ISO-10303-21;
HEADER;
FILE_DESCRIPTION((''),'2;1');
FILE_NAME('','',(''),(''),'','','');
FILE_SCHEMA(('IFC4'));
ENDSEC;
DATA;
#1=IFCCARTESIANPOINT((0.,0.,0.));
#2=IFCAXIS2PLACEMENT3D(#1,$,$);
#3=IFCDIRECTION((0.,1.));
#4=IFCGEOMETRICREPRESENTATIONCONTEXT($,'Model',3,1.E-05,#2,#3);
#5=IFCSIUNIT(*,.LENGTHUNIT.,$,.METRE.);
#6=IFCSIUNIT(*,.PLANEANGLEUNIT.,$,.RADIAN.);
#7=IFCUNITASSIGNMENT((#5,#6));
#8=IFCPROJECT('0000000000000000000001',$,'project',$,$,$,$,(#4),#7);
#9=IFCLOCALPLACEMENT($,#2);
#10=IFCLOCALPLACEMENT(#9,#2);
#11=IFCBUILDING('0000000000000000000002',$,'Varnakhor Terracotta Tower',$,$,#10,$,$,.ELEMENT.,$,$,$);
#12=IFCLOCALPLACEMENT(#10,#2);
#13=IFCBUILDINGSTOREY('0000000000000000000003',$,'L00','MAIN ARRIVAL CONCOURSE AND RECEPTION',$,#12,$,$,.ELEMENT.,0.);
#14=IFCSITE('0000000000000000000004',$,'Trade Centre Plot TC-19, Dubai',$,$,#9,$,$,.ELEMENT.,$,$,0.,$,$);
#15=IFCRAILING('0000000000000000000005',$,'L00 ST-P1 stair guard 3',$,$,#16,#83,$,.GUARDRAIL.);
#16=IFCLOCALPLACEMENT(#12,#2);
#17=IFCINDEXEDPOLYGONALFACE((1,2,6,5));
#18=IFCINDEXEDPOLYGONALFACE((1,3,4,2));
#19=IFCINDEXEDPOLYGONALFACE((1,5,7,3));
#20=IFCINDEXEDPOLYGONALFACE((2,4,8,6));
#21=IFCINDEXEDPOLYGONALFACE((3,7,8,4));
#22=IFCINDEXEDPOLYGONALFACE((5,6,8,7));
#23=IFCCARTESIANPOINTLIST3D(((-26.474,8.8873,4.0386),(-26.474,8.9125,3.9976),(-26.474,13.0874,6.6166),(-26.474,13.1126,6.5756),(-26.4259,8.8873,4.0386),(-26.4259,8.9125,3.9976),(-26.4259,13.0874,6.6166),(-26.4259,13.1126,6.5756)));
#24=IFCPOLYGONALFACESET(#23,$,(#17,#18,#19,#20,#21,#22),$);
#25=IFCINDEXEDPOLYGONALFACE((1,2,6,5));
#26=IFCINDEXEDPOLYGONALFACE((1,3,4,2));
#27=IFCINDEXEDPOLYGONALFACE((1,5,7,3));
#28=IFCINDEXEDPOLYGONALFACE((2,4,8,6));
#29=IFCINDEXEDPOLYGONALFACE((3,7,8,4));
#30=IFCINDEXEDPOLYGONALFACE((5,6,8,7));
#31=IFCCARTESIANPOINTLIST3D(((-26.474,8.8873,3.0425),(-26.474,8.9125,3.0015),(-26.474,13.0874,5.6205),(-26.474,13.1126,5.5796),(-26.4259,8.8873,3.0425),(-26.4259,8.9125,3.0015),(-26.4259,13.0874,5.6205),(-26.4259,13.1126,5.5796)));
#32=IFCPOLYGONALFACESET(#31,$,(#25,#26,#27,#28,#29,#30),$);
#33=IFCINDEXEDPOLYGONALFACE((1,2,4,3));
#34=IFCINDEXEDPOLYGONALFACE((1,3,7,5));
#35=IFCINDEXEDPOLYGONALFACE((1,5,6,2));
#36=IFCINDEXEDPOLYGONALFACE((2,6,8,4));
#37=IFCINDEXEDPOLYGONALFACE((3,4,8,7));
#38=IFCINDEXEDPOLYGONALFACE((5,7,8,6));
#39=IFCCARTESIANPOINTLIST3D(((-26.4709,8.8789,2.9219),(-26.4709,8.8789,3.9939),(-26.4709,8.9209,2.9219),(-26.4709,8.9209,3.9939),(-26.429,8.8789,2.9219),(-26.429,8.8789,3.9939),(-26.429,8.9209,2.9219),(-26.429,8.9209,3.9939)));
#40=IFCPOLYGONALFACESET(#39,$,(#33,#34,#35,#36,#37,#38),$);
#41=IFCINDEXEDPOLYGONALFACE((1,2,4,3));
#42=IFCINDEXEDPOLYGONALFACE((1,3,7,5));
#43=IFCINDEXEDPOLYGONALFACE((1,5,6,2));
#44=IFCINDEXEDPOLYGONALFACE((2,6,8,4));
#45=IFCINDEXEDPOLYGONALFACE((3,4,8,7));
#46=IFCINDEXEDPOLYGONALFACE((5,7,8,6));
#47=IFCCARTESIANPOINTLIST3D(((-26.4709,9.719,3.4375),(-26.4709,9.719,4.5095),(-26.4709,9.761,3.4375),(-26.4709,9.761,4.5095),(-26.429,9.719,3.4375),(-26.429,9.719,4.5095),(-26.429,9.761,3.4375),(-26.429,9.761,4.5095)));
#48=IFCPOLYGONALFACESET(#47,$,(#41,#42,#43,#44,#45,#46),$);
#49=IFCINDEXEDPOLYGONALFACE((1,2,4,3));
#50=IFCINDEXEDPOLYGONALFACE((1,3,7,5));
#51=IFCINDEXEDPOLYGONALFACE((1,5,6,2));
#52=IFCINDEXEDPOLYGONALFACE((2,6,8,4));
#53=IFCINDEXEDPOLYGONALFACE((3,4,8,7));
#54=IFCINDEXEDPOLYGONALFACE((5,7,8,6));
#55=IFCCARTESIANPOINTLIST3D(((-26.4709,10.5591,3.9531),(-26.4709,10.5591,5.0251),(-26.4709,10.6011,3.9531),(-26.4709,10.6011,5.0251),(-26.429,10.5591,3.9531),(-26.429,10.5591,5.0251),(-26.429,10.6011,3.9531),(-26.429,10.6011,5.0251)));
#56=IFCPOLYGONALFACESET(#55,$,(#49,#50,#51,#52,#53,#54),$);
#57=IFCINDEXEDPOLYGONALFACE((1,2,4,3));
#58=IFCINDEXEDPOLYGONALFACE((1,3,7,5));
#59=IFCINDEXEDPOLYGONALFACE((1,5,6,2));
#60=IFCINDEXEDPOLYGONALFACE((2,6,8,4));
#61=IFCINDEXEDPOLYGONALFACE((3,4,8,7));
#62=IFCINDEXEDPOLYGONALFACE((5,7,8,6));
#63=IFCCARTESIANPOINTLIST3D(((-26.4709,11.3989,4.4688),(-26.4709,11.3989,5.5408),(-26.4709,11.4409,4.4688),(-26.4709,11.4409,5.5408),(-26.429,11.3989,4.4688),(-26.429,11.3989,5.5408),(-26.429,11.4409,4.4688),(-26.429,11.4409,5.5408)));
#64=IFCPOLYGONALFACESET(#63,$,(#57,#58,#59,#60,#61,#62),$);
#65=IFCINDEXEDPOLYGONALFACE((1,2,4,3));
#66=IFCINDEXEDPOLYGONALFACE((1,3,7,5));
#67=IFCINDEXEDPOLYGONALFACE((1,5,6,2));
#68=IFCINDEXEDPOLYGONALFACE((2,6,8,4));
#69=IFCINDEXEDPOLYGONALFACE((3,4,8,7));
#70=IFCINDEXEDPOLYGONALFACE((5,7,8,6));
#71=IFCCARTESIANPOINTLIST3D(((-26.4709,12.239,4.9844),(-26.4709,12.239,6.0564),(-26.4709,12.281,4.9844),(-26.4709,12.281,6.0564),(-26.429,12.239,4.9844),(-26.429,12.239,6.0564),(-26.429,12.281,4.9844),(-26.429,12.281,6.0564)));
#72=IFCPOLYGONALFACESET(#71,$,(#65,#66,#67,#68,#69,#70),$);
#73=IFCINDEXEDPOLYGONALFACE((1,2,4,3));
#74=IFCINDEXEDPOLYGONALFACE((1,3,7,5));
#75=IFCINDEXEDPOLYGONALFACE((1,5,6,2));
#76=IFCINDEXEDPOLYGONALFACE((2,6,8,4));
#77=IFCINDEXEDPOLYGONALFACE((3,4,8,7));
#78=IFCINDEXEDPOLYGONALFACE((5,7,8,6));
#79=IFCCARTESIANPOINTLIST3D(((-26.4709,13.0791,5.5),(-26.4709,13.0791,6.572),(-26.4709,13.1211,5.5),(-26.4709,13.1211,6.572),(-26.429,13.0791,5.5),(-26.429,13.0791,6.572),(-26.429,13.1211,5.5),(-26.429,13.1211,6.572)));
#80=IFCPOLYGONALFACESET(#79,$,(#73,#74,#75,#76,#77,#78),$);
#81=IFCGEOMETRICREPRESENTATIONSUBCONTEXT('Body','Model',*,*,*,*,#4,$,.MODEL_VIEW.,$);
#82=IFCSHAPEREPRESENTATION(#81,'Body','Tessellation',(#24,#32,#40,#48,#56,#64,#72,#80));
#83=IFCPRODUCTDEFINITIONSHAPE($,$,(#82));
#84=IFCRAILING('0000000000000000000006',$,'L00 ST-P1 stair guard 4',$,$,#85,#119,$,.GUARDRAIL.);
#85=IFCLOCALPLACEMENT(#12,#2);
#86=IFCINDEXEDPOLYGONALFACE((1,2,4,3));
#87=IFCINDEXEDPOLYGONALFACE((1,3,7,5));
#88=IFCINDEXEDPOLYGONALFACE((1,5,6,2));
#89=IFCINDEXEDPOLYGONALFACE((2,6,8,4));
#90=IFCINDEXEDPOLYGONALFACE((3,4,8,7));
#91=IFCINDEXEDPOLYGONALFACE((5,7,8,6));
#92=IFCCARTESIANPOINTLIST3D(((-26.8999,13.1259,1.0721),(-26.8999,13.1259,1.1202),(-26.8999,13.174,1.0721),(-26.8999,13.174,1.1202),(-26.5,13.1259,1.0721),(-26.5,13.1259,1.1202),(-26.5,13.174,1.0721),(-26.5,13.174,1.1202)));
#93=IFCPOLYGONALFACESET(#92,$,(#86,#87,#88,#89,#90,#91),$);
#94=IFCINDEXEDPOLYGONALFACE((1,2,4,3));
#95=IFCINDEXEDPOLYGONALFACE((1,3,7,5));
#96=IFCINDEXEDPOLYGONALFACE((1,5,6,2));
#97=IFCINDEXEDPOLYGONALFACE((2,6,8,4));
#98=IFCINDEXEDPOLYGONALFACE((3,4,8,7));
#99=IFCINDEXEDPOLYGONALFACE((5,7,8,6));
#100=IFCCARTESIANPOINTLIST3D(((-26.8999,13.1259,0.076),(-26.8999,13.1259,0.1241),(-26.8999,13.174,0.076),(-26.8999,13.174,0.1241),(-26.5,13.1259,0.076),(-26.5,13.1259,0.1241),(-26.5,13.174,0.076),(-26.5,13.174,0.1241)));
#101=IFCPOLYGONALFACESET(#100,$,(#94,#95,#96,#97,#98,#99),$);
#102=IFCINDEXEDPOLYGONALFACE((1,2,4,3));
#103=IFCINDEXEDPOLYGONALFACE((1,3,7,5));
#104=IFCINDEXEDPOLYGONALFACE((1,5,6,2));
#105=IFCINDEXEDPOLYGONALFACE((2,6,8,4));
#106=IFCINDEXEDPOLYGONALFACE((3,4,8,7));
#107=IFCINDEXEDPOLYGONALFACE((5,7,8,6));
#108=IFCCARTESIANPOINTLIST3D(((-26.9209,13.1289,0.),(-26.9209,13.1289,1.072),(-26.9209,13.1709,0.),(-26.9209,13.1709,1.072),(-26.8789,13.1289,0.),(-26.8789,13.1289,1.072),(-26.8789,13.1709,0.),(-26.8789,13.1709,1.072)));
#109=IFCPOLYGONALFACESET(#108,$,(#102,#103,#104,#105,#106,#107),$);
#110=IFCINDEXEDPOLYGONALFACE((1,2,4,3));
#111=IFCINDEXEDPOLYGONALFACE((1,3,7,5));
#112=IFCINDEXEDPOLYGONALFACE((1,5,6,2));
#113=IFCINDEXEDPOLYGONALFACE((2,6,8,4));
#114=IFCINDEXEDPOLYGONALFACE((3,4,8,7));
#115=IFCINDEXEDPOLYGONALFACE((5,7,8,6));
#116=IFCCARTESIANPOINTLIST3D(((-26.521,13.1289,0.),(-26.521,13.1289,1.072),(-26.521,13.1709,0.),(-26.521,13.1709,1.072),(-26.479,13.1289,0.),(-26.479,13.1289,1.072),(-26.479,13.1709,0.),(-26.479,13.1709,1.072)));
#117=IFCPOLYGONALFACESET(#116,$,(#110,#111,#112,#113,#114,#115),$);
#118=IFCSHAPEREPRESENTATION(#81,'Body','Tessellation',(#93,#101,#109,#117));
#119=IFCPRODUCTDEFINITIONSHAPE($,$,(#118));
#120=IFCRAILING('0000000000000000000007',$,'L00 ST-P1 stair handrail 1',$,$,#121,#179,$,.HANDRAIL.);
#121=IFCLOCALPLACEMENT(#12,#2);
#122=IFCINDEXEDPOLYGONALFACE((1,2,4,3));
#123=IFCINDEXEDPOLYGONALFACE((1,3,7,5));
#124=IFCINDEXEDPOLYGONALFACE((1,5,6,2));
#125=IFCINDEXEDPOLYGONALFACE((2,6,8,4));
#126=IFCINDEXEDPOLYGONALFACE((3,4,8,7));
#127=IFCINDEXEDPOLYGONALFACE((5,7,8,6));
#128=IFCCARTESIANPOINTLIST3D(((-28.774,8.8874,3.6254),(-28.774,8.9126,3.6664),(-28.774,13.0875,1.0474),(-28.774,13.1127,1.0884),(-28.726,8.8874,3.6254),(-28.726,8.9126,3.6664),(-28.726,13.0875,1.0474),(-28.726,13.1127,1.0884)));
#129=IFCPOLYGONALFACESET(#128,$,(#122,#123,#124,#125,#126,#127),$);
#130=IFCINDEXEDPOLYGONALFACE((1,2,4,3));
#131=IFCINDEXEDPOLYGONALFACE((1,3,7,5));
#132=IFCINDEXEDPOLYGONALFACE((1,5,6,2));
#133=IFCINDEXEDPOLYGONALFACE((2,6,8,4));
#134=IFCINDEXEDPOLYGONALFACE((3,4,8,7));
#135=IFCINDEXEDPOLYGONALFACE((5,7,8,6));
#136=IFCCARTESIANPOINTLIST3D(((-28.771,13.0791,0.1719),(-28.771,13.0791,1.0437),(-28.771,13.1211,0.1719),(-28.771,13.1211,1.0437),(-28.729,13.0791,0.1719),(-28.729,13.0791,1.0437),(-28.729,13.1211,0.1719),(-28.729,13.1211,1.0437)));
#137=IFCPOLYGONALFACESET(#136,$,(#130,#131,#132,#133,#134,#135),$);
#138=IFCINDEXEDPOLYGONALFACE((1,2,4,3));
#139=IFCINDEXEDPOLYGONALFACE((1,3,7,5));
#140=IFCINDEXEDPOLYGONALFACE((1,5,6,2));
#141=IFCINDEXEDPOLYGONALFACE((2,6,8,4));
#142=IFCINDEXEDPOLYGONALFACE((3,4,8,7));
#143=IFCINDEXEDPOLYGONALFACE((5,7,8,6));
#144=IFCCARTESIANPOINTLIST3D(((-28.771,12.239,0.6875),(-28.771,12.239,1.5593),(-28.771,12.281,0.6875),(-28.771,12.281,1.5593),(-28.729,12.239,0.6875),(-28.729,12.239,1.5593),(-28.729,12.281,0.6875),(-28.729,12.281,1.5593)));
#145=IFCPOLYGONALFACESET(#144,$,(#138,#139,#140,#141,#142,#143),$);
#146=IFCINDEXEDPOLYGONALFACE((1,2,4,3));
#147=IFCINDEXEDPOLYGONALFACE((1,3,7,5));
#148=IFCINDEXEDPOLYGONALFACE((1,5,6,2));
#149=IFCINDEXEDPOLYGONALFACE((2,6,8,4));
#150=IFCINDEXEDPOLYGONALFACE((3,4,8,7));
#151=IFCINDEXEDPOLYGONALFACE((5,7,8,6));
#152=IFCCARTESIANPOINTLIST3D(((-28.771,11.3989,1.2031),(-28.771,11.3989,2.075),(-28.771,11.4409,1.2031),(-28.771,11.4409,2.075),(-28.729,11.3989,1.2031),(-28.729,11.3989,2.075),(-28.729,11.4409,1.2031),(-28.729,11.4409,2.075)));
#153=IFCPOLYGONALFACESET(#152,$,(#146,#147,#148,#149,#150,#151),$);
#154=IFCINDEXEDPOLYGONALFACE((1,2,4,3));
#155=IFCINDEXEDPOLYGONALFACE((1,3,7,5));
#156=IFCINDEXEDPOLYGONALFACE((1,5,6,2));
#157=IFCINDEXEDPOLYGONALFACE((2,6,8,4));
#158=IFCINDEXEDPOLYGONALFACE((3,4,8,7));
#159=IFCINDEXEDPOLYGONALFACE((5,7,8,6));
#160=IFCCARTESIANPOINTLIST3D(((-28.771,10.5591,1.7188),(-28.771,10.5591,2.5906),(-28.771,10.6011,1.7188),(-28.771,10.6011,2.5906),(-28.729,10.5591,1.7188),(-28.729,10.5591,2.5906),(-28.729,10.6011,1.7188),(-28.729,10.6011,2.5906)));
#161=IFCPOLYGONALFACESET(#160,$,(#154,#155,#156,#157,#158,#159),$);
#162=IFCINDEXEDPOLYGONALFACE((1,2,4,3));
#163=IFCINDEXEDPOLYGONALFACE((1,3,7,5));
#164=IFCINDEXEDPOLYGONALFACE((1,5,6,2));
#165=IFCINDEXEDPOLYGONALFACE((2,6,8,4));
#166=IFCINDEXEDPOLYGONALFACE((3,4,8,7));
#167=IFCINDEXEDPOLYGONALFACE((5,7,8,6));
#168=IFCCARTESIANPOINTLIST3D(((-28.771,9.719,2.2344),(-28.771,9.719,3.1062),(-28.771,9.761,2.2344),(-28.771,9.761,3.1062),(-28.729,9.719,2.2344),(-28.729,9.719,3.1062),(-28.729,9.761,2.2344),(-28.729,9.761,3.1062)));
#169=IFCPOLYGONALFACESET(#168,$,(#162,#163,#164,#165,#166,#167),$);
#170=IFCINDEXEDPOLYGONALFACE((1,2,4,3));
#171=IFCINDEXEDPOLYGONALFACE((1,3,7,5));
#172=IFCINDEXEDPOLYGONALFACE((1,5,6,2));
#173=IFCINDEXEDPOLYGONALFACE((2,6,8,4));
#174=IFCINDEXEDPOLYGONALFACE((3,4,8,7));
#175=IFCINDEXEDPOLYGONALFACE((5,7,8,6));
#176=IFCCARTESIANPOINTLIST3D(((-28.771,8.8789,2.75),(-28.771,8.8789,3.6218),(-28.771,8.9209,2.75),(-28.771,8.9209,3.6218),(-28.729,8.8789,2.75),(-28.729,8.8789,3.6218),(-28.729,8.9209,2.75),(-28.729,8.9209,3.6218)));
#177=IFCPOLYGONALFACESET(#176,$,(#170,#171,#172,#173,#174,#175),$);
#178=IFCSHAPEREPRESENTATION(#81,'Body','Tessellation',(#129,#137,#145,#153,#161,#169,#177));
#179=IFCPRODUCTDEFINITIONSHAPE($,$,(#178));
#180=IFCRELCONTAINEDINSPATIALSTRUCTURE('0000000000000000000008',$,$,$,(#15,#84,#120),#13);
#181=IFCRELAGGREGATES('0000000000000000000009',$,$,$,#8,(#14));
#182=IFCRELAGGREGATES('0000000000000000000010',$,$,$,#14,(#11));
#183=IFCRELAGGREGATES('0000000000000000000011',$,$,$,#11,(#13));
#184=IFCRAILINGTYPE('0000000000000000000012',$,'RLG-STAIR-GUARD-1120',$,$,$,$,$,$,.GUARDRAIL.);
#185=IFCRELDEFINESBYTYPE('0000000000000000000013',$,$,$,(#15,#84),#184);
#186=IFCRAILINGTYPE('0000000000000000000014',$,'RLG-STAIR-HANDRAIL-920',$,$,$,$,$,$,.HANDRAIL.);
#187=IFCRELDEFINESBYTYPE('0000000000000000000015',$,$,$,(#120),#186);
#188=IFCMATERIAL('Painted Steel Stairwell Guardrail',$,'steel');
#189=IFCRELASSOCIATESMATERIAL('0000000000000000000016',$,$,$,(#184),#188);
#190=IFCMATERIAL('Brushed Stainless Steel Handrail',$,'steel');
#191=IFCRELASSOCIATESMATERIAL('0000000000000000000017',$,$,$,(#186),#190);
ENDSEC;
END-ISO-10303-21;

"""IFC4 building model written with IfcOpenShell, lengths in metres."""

from ifc_helpers import new_model, si_unit, direction, frame, origin, origin_2d, place, context, subcontext, project, spatial, rectangle, extrude, material, type_object, element, save


model = new_model("IFC4")

# Units and contexts
model_context = context("Model", 3, precision=1e-05, world=origin(), true_north=direction((0.0, 1.0)))
body_context = subcontext(model_context, "Body", "Model", "MODEL_VIEW")
ifc_project = project(units=[si_unit("LENGTHUNIT", "METRE"), si_unit("PLANEANGLEUNIT", "RADIAN")], contexts=[model_context])

# Site, building, storey
site_placement = place(None, origin())
site = spatial("IfcSite", under=ifc_project, at=site_placement, Name="Trade Centre Plot TC-19, Dubai", CompositionType="ELEMENT", RefElevation=0.0)
building_placement = place(site_placement, origin())
building = spatial("IfcBuilding", under=site, at=building_placement, Name="Varnakhor Terracotta Tower", CompositionType="ELEMENT")
storey_placement = place(building_placement, origin())
storey = spatial("IfcBuildingStorey", under=building, at=storey_placement, Name="L00", Description="MAIN ARRIVAL CONCOURSE AND RECEPTION", CompositionType="ELEMENT", Elevation=0.0)

# Railings
ifc_material_1 = material(Name="Painted Steel Stairwell Guardrail", Category="steel")
railing_type_1 = type_object("IfcRailingType", Name="RLG-STAIR-GUARD-1120", PredefinedType="GUARDRAIL", material=ifc_material_1)
railing_1_placement = place(storey_placement, frame((-26.45, 8.8999, 2.9219)))
element("IfcRailing", 1, at=railing_1_placement, inside=storey, type_object=railing_type_1, Name="L00 ST-P1 stair guard 3", PredefinedType="GUARDRAIL", context=body_context, shape_type="SweptSolid", body=[
    extrude(rectangle(XDim=0.0481, YDim=0.0481, at=origin_2d()), frame((0.0, 0.0, 1.0962), z_axis=(0.0, 0.852256, 0.523124), x_axis=(-1.0, 0.0, 0.0)), (0.0, 0.0, 1.0), 4.9282),
    extrude(rectangle(XDim=0.0481, YDim=0.0481, at=origin_2d()), frame((0.0, 0.0, 0.1001), z_axis=(0.0, 0.852256, 0.523124), x_axis=(-1.0, 0.0, 0.0)), (0.0, 0.0, 1.0), 4.9282),
    extrude(rectangle(XDim=0.042, YDim=0.042, at=origin_2d()), origin(), (0.0, 0.0, 1.0), 1.072),
    extrude(rectangle(XDim=0.042, YDim=0.042, at=origin_2d()), frame((0.0, 0.8401, 0.5156)), (0.0, 0.0, 1.0), 1.072),
    extrude(rectangle(XDim=0.042, YDim=0.042, at=origin_2d()), frame((0.0, 1.6802, 1.0312)), (0.0, 0.0, 1.0), 1.072),
    extrude(rectangle(XDim=0.042, YDim=0.042, at=origin_2d()), frame((0.0, 2.52, 1.5469)), (0.0, 0.0, 1.0), 1.072),
    extrude(rectangle(XDim=0.042, YDim=0.042, at=origin_2d()), frame((0.0, 3.3601, 2.0625)), (0.0, 0.0, 1.0), 1.072),
    extrude(rectangle(XDim=0.042, YDim=0.042, at=origin_2d()), frame((0.0, 4.2002, 2.5781)), (0.0, 0.0, 1.0), 1.072),
])
railing_2_placement = place(storey_placement, frame((-26.8999, 13.1499, 0.0)))
element("IfcRailing", 2, at=railing_2_placement, inside=storey, type_object=railing_type_1, Name="L00 ST-P1 stair guard 4", PredefinedType="GUARDRAIL", context=body_context, shape_type="SweptSolid", body=[
    extrude(rectangle(XDim=0.0481, YDim=0.0481, at=origin_2d()), frame((0.0, 0.0, 1.0962), z_axis=(1.0, 0.0, 0.0), x_axis=(0.0, 1.0, 0.0)), (0.0, 0.0, 1.0), 0.3999),
    extrude(rectangle(XDim=0.0481, YDim=0.0481, at=origin_2d()), frame((0.0, 0.0, 0.1001), z_axis=(1.0, 0.0, 0.0), x_axis=(0.0, 1.0, 0.0)), (0.0, 0.0, 1.0), 0.3999),
    extrude(rectangle(XDim=0.042, YDim=0.042, at=origin_2d()), origin(), (0.0, 0.0, 1.0), 1.072),
    extrude(rectangle(XDim=0.042, YDim=0.042, at=origin_2d()), frame((0.3999, 0.0, 0.0)), (0.0, 0.0, 1.0), 1.072),
])
ifc_material_2 = material(Name="Brushed Stainless Steel Handrail", Category="steel")
railing_type_2 = type_object("IfcRailingType", Name="RLG-STAIR-HANDRAIL-920", PredefinedType="HANDRAIL", material=ifc_material_2)
railing_3_placement = place(storey_placement, frame((-28.75, 13.1001, 0.1719)))
element("IfcRailing", 3, at=railing_3_placement, inside=storey, type_object=railing_type_2, Name="L00 ST-P1 stair handrail 1", PredefinedType="HANDRAIL", context=body_context, shape_type="SweptSolid", body=[
    extrude(rectangle(XDim=0.0481, YDim=0.0481, at=origin_2d()), frame((0.0, 0.0, 0.896), z_axis=(0.0, -0.852256, 0.523124), x_axis=(1.0, 0.0, 0.0)), (0.0, 0.0, 1.0), 4.9282),
    extrude(rectangle(XDim=0.042, YDim=0.042, at=origin_2d()), origin(), (0.0, 0.0, 1.0), 0.8718),
    extrude(rectangle(XDim=0.042, YDim=0.042, at=origin_2d()), frame((0.0, -0.8401, 0.5156)), (0.0, 0.0, 1.0), 0.8718),
    extrude(rectangle(XDim=0.042, YDim=0.042, at=origin_2d()), frame((0.0, -1.6802, 1.0312)), (0.0, 0.0, 1.0), 0.8718),
    extrude(rectangle(XDim=0.042, YDim=0.042, at=origin_2d()), frame((0.0, -2.52, 1.5469)), (0.0, 0.0, 1.0), 0.8718),
    extrude(rectangle(XDim=0.042, YDim=0.042, at=origin_2d()), frame((0.0, -3.3601, 2.0625)), (0.0, 0.0, 1.0), 0.8718),
    extrude(rectangle(XDim=0.042, YDim=0.042, at=origin_2d()), frame((0.0, -4.2002, 2.5781)), (0.0, 0.0, 1.0), 0.8718),
])

save(model, "model.ifc")
